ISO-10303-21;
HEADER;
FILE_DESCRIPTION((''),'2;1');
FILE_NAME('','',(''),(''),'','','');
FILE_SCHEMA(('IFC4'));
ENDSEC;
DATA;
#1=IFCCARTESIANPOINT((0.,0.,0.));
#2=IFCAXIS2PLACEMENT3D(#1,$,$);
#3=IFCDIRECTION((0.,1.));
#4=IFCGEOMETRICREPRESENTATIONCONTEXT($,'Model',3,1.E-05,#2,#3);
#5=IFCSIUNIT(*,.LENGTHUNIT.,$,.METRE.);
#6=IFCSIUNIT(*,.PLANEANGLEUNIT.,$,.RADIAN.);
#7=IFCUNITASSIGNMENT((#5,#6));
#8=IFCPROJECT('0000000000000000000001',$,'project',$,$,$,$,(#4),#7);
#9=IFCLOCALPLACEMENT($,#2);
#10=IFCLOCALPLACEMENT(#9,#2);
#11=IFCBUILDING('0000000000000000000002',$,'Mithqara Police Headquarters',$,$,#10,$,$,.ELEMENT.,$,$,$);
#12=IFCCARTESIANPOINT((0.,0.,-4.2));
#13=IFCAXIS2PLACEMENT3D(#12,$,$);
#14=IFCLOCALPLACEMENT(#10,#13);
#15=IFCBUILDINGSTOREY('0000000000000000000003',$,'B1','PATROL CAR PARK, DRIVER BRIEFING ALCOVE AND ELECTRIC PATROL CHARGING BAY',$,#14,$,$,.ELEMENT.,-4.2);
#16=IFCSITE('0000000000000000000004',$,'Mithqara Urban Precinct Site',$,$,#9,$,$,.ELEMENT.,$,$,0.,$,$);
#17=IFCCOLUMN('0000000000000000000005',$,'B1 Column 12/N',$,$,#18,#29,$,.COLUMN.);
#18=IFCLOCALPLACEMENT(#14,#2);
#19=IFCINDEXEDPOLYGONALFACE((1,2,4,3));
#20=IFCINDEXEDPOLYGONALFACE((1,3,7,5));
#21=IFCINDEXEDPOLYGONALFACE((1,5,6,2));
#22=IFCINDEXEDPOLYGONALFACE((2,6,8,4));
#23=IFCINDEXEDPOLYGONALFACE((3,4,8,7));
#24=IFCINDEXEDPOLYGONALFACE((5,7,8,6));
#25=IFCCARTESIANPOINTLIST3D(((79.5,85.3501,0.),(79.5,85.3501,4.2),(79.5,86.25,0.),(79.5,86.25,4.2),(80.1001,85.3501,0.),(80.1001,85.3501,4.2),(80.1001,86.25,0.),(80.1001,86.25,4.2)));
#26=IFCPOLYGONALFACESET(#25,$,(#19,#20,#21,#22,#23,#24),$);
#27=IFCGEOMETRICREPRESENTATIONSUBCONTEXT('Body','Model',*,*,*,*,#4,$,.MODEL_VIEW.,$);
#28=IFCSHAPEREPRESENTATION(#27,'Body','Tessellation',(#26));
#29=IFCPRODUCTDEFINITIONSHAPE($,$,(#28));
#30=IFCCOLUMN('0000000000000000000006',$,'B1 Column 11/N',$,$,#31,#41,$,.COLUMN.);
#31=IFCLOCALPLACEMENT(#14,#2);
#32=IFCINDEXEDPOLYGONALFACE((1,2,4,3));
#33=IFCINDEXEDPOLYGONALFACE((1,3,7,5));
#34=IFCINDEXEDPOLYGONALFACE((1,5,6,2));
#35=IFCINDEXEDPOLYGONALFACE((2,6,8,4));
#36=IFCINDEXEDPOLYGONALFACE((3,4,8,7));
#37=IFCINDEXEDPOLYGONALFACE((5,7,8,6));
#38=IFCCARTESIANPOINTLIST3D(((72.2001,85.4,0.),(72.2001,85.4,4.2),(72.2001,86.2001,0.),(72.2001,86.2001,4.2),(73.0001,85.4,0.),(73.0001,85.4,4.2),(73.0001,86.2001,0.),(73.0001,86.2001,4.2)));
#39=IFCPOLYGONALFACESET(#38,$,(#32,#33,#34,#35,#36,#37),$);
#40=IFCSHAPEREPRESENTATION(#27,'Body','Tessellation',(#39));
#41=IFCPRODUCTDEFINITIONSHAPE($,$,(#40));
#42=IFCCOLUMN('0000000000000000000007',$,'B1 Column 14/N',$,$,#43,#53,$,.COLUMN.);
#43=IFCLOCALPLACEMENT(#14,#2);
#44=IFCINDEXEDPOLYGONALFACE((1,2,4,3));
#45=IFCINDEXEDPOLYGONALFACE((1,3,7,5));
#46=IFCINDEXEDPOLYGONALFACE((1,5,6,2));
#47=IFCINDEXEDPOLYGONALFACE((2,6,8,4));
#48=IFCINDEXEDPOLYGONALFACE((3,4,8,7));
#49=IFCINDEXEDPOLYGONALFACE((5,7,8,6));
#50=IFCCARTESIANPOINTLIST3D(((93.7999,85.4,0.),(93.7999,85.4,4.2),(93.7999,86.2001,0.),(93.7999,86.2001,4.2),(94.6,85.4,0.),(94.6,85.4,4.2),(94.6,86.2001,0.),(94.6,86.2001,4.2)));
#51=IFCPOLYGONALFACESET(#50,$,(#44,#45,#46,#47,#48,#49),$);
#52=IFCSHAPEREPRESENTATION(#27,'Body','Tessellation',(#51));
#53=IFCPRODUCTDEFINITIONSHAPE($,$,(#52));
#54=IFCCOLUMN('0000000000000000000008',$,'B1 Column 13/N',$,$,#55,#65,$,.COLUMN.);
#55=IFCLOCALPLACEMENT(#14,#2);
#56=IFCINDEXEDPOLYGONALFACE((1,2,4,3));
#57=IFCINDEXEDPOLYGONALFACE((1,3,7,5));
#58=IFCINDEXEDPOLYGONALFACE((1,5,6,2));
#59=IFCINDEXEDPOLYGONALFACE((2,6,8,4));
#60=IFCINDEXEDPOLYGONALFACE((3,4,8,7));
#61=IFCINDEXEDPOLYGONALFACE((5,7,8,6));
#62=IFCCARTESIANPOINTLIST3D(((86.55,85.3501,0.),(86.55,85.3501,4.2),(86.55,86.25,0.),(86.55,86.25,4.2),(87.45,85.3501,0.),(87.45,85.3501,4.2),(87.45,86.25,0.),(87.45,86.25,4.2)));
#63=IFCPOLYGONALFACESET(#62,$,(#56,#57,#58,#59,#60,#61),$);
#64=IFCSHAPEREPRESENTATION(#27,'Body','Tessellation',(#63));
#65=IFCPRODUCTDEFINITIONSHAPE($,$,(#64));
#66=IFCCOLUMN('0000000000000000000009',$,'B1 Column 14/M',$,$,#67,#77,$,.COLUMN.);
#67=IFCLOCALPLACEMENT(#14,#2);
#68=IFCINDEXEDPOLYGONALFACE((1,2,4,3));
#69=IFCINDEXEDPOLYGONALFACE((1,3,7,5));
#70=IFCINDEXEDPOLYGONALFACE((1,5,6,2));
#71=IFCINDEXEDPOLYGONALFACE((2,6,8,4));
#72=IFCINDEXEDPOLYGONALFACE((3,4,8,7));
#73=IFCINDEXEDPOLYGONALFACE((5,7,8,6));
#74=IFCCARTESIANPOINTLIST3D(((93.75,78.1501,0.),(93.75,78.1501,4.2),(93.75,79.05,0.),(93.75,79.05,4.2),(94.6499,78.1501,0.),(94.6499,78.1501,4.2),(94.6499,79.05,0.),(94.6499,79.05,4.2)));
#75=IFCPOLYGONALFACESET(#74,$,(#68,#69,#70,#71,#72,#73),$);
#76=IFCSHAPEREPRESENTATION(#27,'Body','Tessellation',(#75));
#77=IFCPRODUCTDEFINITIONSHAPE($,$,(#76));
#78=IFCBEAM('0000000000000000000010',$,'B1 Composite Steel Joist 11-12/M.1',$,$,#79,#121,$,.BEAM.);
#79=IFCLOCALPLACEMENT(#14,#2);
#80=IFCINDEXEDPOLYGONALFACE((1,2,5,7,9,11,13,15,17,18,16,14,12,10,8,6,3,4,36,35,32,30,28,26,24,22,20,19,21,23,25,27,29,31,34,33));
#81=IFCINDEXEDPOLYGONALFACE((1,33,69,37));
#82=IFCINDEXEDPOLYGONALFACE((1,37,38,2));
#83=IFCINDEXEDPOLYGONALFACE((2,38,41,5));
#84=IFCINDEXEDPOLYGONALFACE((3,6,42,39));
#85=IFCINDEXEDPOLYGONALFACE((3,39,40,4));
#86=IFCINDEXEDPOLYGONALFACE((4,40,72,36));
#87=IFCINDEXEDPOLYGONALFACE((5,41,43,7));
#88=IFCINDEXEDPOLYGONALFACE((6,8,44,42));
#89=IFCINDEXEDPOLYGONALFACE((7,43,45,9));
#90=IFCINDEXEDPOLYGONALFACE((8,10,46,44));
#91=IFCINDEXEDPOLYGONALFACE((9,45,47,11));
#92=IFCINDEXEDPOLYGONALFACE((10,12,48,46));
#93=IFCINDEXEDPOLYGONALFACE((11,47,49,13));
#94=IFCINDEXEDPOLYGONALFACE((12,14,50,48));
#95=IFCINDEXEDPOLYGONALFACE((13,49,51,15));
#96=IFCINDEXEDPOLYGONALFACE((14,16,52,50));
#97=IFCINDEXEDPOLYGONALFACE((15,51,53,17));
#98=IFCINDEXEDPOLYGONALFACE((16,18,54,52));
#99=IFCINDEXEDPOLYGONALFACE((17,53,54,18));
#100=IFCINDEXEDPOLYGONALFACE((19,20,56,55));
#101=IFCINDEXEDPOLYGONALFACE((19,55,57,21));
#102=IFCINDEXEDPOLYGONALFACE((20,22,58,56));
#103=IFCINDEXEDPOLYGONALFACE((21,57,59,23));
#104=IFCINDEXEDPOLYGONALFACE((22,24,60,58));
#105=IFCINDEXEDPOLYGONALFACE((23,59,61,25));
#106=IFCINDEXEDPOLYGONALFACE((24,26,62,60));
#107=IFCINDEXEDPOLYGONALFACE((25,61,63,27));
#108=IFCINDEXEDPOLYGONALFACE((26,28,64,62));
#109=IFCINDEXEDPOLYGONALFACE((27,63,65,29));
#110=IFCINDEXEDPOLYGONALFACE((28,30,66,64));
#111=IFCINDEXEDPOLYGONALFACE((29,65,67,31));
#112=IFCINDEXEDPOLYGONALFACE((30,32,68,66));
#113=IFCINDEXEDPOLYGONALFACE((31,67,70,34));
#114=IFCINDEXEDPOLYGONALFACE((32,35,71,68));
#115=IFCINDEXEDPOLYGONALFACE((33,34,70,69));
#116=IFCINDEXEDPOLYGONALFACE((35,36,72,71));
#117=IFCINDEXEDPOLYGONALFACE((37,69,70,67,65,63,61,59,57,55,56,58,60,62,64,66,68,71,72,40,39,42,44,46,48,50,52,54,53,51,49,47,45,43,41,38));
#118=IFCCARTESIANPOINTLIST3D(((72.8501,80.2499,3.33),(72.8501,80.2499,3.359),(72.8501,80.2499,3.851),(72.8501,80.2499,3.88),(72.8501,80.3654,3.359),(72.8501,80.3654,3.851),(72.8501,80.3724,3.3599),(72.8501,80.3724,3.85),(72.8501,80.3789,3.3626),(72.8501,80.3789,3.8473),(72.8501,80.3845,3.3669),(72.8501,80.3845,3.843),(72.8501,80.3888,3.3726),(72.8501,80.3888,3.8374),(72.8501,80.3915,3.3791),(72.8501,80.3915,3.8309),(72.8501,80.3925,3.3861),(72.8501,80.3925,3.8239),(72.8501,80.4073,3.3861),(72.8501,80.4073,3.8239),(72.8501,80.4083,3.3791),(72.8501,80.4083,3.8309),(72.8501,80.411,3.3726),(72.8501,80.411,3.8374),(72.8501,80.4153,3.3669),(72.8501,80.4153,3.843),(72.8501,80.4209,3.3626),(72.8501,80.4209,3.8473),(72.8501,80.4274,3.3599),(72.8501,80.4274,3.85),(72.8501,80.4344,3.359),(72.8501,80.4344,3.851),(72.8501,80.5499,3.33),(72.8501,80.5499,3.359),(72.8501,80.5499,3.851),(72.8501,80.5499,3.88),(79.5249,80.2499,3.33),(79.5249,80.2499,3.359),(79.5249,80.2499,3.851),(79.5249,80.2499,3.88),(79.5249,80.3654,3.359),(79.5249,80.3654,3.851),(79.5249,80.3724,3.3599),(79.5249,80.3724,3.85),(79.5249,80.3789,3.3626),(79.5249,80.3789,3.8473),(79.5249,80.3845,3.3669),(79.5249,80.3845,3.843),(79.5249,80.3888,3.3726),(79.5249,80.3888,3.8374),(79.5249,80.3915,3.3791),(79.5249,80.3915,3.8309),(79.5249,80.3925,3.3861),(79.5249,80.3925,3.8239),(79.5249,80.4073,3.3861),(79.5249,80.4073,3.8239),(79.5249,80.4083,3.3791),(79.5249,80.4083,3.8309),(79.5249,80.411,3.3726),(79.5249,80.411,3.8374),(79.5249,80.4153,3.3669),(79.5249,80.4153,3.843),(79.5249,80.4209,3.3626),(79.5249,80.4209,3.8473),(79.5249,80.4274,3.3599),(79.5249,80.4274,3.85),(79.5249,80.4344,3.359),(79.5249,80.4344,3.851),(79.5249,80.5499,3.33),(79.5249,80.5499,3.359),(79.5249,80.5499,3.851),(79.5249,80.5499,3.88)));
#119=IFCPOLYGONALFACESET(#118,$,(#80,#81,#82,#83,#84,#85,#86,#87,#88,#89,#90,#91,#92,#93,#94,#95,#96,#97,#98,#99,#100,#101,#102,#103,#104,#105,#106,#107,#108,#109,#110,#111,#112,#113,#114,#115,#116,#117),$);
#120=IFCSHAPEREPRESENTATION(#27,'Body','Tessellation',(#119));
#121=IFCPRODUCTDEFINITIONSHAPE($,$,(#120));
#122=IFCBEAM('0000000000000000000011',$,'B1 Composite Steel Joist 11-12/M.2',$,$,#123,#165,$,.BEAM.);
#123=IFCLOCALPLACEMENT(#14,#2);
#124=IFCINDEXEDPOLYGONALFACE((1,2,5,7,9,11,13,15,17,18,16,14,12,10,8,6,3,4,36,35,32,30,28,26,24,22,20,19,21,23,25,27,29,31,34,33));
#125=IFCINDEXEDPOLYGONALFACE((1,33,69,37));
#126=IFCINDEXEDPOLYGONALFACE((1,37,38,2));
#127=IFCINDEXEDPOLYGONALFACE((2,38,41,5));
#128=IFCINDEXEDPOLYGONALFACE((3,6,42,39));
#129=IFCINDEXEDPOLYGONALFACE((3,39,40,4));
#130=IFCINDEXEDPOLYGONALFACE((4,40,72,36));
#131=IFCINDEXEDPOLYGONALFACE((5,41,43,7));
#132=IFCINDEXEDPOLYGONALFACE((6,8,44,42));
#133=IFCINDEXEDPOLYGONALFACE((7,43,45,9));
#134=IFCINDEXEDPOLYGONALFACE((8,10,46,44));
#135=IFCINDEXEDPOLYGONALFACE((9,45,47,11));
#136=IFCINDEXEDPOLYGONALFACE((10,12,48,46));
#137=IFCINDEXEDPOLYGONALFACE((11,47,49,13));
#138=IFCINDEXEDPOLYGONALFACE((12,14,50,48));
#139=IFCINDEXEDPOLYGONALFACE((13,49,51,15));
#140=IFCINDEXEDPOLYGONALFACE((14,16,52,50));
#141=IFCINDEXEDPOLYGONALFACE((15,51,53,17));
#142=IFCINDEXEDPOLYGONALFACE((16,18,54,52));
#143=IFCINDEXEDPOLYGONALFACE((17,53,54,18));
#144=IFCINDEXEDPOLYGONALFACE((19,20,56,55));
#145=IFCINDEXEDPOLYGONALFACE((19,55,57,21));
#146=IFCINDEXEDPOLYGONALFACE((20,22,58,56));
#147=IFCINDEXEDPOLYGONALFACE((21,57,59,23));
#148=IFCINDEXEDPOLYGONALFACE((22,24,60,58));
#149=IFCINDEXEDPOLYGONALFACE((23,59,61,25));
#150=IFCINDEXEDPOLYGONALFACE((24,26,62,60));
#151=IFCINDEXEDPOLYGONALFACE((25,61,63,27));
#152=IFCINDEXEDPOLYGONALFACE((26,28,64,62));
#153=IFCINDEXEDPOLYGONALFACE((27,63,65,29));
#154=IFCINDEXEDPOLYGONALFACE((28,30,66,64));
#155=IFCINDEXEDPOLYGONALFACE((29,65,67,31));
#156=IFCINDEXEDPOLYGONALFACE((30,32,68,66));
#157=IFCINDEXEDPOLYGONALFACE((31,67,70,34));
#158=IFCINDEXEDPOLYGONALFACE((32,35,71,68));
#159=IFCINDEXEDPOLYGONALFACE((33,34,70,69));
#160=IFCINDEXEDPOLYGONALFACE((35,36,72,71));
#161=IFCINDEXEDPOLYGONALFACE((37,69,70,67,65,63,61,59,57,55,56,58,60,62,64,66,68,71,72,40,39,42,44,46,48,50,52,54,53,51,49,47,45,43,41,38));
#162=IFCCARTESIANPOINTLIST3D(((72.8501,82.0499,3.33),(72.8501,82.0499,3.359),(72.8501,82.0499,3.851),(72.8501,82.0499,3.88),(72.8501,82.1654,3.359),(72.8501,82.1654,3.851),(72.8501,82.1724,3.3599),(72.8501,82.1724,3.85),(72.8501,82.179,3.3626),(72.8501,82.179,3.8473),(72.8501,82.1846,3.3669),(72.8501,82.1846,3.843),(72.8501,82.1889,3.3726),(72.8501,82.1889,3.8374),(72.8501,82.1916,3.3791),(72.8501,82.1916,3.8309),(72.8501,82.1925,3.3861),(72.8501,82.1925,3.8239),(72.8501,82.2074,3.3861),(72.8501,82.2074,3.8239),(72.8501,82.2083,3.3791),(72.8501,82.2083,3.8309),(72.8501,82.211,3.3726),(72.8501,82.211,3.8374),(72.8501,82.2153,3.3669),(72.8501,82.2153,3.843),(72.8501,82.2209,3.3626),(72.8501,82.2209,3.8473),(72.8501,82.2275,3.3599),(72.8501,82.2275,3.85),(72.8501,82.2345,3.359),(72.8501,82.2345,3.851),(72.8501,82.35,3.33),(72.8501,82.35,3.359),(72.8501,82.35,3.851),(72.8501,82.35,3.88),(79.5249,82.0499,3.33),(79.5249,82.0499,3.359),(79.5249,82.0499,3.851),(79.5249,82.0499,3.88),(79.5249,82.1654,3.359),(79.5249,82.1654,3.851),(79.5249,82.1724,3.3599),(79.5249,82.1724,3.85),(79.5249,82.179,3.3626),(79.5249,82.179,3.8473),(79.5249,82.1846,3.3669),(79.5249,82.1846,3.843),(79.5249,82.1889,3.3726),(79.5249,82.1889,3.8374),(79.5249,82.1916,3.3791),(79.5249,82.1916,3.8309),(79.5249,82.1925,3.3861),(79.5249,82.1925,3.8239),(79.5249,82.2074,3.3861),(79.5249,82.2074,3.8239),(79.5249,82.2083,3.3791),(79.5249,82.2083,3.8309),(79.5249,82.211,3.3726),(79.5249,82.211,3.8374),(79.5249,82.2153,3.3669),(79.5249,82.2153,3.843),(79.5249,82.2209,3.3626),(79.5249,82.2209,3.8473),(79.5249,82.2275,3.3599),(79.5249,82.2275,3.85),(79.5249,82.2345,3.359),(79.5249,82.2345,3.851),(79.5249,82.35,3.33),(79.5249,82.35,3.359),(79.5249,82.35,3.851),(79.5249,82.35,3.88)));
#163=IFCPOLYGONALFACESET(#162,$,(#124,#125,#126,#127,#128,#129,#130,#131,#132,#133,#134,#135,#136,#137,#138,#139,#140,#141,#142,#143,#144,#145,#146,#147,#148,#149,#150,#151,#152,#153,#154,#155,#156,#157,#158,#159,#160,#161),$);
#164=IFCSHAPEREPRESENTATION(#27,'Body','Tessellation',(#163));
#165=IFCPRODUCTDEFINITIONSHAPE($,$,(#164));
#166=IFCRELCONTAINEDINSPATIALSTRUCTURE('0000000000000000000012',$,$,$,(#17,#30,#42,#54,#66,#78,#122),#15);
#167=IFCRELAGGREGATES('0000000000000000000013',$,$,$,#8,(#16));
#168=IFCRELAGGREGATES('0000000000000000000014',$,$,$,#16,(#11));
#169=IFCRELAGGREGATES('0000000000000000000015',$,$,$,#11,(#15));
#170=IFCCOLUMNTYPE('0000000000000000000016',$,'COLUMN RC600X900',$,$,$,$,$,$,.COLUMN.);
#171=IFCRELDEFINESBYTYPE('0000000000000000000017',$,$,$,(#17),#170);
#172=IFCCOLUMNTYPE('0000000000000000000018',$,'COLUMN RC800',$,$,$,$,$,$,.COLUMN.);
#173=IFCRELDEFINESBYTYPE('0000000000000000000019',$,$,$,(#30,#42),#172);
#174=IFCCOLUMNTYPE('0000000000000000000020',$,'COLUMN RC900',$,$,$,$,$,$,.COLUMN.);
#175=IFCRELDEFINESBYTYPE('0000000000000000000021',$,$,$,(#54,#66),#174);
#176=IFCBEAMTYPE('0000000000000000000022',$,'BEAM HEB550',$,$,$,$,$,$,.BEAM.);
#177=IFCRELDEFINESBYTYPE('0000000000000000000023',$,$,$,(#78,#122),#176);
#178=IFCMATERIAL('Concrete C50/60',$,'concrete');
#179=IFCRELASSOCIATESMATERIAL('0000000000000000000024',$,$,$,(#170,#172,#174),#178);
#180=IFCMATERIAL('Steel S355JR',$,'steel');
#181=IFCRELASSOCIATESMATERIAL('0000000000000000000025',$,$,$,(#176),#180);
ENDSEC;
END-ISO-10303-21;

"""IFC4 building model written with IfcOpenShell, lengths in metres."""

from ifc_helpers import new_model, si_unit, direction, frame, origin, origin_2d, place, context, subcontext, project, spatial, rectangle, i_section, extrude, material, material_profile, profile_set, type_object, element, save


model = new_model("IFC4")

# Units and contexts
model_context = context("Model", 3, precision=1e-05, world=origin(), true_north=direction((0.0, 1.0)))
body_context = subcontext(model_context, "Body", "Model", "MODEL_VIEW")
ifc_project = project(units=[si_unit("LENGTHUNIT", "METRE"), si_unit("PLANEANGLEUNIT", "RADIAN")], contexts=[model_context])

# Site, building, storey
site_placement = place(None, origin())
site = spatial("IfcSite", under=ifc_project, at=site_placement, Name="Mithqara Urban Precinct Site", CompositionType="ELEMENT", RefElevation=0.0)
building_placement = place(site_placement, origin())
building = spatial("IfcBuilding", under=site, at=building_placement, Name="Mithqara Police Headquarters", CompositionType="ELEMENT")
storey_placement = place(building_placement, frame((0.0, 0.0, -4.2)))
storey = spatial("IfcBuildingStorey", under=building, at=storey_placement, Name="B1", Description="PATROL CAR PARK, DRIVER BRIEFING ALCOVE AND ELECTRIC PATROL CHARGING BAY", CompositionType="ELEMENT", Elevation=-4.2)

# Columns
ifc_material_1 = material(Name="Concrete C50/60", Category="concrete")
ifc_material_profile_1 = material_profile(ifc_material_1, rectangle(XDim=0.6001, YDim=0.8999, at=origin_2d()), Name="RC 600x900")
ifc_profile_set_1 = profile_set([ifc_material_profile_1], Name="Concrete C50/60")
column_type_1 = type_object("IfcColumnType", Name="COLUMN RC600X900", PredefinedType="COLUMN", material=ifc_profile_set_1)
column_placement = place(storey_placement, frame((79.8, 85.8, 0.0), z_axis=(0.0, 0.0, 1.0), x_axis=(1.0, 0.0, 0.0)))
element("IfcColumn", 1, at=column_placement, inside=storey, type_object=column_type_1, Name="B1 Column 12/N", PredefinedType="COLUMN", context=body_context, shape_type="SweptSolid", body=[
    extrude(rectangle(XDim=0.6001, YDim=0.8999, at=origin_2d()), origin(), (0.0, 0.0, 1.0), 4.2),
])
ifc_material_profile_2 = material_profile(ifc_material_1, rectangle(XDim=0.8, YDim=0.8, at=origin_2d()), Name="RC 800x800")
ifc_profile_set_2 = profile_set([ifc_material_profile_2], Name="Concrete C50/60")
column_type_2 = type_object("IfcColumnType", Name="COLUMN RC800", PredefinedType="COLUMN", material=ifc_profile_set_2)
for number, where, z_axis, x_axis, name in (
    (2, (72.6001, 85.8, 0.0), (0.0, 0.0, 1.0), (1.0, 0.0, 0.0), "B1 Column 11/N"),
    (3, (94.2, 85.8, 0.0), (0.0, 0.0, 1.0), (1.0, 0.0, 0.0), "B1 Column 14/N"),
):
    element("IfcColumn", number, at=place(storey_placement, frame(where, z_axis=z_axis, x_axis=x_axis)), inside=storey, type_object=column_type_2, Name=name, PredefinedType="COLUMN", context=body_context, shape_type="SweptSolid", body=[
        extrude(rectangle(XDim=0.8, YDim=0.8, at=origin_2d()), origin(), (0.0, 0.0, 1.0), 4.2),
    ])
ifc_material_profile_3 = material_profile(ifc_material_1, rectangle(XDim=0.8999, YDim=0.8999, at=origin_2d()), Name="RC 900x900")
ifc_profile_set_3 = profile_set([ifc_material_profile_3], Name="Concrete C50/60")
column_type_3 = type_object("IfcColumnType", Name="COLUMN RC900", PredefinedType="COLUMN", material=ifc_profile_set_3)
for number, where, z_axis, x_axis, name in (
    (4, (87.0, 85.8, 0.0), (0.0, 0.0, 1.0), (1.0, 0.0, 0.0), "B1 Column 13/N"),
    (5, (94.2, 78.6001, 0.0), (0.0, 0.0, 1.0), (1.0, 0.0, 0.0), "B1 Column 14/M"),
):
    element("IfcColumn", number, at=place(storey_placement, frame(where, z_axis=z_axis, x_axis=x_axis)), inside=storey, type_object=column_type_3, Name=name, PredefinedType="COLUMN", context=body_context, shape_type="SweptSolid", body=[
        extrude(rectangle(XDim=0.8999, YDim=0.8999, at=origin_2d()), origin(), (0.0, 0.0, 1.0), 4.2),
    ])

# Beams
ifc_material_2 = material(Name="Steel S355JR", Category="steel")
ifc_material_profile_4 = material_profile(ifc_material_2, i_section(OverallWidth=0.3, OverallDepth=0.55, WebThickness=0.0149, FlangeThickness=0.0291, FilletRadius=0.0271, at=origin_2d()), Name="HEB 550")
ifc_profile_set_4 = profile_set([ifc_material_profile_4], Name="Steel S355JR")
beam_type_1 = type_object("IfcBeamType", Name="BEAM HEB550", PredefinedType="BEAM", material=ifc_profile_set_4)
for number, where, z_axis, x_axis, name in (
    (6, (72.8501, 80.3999, 3.605), (1.0, 0.0, 0.0), (0.0, 1.0, 0.0), "B1 Composite Steel Joist 11-12/M.1"),
    (7, (72.8501, 82.2, 3.605), (1.0, 0.0, 0.0), (0.0, 1.0, 0.0), "B1 Composite Steel Joist 11-12/M.2"),
):
    element("IfcBeam", number, at=place(storey_placement, frame(where, z_axis=z_axis, x_axis=x_axis)), inside=storey, type_object=beam_type_1, Name=name, PredefinedType="BEAM", context=body_context, shape_type="SweptSolid", body=[
        extrude(i_section(OverallWidth=0.3, OverallDepth=0.55, WebThickness=0.0149, FlangeThickness=0.0291, FilletRadius=0.0271, at=origin_2d()), origin(), (0.0, 0.0, 1.0), 6.6748),
    ])

save(model, "model.ifc")
